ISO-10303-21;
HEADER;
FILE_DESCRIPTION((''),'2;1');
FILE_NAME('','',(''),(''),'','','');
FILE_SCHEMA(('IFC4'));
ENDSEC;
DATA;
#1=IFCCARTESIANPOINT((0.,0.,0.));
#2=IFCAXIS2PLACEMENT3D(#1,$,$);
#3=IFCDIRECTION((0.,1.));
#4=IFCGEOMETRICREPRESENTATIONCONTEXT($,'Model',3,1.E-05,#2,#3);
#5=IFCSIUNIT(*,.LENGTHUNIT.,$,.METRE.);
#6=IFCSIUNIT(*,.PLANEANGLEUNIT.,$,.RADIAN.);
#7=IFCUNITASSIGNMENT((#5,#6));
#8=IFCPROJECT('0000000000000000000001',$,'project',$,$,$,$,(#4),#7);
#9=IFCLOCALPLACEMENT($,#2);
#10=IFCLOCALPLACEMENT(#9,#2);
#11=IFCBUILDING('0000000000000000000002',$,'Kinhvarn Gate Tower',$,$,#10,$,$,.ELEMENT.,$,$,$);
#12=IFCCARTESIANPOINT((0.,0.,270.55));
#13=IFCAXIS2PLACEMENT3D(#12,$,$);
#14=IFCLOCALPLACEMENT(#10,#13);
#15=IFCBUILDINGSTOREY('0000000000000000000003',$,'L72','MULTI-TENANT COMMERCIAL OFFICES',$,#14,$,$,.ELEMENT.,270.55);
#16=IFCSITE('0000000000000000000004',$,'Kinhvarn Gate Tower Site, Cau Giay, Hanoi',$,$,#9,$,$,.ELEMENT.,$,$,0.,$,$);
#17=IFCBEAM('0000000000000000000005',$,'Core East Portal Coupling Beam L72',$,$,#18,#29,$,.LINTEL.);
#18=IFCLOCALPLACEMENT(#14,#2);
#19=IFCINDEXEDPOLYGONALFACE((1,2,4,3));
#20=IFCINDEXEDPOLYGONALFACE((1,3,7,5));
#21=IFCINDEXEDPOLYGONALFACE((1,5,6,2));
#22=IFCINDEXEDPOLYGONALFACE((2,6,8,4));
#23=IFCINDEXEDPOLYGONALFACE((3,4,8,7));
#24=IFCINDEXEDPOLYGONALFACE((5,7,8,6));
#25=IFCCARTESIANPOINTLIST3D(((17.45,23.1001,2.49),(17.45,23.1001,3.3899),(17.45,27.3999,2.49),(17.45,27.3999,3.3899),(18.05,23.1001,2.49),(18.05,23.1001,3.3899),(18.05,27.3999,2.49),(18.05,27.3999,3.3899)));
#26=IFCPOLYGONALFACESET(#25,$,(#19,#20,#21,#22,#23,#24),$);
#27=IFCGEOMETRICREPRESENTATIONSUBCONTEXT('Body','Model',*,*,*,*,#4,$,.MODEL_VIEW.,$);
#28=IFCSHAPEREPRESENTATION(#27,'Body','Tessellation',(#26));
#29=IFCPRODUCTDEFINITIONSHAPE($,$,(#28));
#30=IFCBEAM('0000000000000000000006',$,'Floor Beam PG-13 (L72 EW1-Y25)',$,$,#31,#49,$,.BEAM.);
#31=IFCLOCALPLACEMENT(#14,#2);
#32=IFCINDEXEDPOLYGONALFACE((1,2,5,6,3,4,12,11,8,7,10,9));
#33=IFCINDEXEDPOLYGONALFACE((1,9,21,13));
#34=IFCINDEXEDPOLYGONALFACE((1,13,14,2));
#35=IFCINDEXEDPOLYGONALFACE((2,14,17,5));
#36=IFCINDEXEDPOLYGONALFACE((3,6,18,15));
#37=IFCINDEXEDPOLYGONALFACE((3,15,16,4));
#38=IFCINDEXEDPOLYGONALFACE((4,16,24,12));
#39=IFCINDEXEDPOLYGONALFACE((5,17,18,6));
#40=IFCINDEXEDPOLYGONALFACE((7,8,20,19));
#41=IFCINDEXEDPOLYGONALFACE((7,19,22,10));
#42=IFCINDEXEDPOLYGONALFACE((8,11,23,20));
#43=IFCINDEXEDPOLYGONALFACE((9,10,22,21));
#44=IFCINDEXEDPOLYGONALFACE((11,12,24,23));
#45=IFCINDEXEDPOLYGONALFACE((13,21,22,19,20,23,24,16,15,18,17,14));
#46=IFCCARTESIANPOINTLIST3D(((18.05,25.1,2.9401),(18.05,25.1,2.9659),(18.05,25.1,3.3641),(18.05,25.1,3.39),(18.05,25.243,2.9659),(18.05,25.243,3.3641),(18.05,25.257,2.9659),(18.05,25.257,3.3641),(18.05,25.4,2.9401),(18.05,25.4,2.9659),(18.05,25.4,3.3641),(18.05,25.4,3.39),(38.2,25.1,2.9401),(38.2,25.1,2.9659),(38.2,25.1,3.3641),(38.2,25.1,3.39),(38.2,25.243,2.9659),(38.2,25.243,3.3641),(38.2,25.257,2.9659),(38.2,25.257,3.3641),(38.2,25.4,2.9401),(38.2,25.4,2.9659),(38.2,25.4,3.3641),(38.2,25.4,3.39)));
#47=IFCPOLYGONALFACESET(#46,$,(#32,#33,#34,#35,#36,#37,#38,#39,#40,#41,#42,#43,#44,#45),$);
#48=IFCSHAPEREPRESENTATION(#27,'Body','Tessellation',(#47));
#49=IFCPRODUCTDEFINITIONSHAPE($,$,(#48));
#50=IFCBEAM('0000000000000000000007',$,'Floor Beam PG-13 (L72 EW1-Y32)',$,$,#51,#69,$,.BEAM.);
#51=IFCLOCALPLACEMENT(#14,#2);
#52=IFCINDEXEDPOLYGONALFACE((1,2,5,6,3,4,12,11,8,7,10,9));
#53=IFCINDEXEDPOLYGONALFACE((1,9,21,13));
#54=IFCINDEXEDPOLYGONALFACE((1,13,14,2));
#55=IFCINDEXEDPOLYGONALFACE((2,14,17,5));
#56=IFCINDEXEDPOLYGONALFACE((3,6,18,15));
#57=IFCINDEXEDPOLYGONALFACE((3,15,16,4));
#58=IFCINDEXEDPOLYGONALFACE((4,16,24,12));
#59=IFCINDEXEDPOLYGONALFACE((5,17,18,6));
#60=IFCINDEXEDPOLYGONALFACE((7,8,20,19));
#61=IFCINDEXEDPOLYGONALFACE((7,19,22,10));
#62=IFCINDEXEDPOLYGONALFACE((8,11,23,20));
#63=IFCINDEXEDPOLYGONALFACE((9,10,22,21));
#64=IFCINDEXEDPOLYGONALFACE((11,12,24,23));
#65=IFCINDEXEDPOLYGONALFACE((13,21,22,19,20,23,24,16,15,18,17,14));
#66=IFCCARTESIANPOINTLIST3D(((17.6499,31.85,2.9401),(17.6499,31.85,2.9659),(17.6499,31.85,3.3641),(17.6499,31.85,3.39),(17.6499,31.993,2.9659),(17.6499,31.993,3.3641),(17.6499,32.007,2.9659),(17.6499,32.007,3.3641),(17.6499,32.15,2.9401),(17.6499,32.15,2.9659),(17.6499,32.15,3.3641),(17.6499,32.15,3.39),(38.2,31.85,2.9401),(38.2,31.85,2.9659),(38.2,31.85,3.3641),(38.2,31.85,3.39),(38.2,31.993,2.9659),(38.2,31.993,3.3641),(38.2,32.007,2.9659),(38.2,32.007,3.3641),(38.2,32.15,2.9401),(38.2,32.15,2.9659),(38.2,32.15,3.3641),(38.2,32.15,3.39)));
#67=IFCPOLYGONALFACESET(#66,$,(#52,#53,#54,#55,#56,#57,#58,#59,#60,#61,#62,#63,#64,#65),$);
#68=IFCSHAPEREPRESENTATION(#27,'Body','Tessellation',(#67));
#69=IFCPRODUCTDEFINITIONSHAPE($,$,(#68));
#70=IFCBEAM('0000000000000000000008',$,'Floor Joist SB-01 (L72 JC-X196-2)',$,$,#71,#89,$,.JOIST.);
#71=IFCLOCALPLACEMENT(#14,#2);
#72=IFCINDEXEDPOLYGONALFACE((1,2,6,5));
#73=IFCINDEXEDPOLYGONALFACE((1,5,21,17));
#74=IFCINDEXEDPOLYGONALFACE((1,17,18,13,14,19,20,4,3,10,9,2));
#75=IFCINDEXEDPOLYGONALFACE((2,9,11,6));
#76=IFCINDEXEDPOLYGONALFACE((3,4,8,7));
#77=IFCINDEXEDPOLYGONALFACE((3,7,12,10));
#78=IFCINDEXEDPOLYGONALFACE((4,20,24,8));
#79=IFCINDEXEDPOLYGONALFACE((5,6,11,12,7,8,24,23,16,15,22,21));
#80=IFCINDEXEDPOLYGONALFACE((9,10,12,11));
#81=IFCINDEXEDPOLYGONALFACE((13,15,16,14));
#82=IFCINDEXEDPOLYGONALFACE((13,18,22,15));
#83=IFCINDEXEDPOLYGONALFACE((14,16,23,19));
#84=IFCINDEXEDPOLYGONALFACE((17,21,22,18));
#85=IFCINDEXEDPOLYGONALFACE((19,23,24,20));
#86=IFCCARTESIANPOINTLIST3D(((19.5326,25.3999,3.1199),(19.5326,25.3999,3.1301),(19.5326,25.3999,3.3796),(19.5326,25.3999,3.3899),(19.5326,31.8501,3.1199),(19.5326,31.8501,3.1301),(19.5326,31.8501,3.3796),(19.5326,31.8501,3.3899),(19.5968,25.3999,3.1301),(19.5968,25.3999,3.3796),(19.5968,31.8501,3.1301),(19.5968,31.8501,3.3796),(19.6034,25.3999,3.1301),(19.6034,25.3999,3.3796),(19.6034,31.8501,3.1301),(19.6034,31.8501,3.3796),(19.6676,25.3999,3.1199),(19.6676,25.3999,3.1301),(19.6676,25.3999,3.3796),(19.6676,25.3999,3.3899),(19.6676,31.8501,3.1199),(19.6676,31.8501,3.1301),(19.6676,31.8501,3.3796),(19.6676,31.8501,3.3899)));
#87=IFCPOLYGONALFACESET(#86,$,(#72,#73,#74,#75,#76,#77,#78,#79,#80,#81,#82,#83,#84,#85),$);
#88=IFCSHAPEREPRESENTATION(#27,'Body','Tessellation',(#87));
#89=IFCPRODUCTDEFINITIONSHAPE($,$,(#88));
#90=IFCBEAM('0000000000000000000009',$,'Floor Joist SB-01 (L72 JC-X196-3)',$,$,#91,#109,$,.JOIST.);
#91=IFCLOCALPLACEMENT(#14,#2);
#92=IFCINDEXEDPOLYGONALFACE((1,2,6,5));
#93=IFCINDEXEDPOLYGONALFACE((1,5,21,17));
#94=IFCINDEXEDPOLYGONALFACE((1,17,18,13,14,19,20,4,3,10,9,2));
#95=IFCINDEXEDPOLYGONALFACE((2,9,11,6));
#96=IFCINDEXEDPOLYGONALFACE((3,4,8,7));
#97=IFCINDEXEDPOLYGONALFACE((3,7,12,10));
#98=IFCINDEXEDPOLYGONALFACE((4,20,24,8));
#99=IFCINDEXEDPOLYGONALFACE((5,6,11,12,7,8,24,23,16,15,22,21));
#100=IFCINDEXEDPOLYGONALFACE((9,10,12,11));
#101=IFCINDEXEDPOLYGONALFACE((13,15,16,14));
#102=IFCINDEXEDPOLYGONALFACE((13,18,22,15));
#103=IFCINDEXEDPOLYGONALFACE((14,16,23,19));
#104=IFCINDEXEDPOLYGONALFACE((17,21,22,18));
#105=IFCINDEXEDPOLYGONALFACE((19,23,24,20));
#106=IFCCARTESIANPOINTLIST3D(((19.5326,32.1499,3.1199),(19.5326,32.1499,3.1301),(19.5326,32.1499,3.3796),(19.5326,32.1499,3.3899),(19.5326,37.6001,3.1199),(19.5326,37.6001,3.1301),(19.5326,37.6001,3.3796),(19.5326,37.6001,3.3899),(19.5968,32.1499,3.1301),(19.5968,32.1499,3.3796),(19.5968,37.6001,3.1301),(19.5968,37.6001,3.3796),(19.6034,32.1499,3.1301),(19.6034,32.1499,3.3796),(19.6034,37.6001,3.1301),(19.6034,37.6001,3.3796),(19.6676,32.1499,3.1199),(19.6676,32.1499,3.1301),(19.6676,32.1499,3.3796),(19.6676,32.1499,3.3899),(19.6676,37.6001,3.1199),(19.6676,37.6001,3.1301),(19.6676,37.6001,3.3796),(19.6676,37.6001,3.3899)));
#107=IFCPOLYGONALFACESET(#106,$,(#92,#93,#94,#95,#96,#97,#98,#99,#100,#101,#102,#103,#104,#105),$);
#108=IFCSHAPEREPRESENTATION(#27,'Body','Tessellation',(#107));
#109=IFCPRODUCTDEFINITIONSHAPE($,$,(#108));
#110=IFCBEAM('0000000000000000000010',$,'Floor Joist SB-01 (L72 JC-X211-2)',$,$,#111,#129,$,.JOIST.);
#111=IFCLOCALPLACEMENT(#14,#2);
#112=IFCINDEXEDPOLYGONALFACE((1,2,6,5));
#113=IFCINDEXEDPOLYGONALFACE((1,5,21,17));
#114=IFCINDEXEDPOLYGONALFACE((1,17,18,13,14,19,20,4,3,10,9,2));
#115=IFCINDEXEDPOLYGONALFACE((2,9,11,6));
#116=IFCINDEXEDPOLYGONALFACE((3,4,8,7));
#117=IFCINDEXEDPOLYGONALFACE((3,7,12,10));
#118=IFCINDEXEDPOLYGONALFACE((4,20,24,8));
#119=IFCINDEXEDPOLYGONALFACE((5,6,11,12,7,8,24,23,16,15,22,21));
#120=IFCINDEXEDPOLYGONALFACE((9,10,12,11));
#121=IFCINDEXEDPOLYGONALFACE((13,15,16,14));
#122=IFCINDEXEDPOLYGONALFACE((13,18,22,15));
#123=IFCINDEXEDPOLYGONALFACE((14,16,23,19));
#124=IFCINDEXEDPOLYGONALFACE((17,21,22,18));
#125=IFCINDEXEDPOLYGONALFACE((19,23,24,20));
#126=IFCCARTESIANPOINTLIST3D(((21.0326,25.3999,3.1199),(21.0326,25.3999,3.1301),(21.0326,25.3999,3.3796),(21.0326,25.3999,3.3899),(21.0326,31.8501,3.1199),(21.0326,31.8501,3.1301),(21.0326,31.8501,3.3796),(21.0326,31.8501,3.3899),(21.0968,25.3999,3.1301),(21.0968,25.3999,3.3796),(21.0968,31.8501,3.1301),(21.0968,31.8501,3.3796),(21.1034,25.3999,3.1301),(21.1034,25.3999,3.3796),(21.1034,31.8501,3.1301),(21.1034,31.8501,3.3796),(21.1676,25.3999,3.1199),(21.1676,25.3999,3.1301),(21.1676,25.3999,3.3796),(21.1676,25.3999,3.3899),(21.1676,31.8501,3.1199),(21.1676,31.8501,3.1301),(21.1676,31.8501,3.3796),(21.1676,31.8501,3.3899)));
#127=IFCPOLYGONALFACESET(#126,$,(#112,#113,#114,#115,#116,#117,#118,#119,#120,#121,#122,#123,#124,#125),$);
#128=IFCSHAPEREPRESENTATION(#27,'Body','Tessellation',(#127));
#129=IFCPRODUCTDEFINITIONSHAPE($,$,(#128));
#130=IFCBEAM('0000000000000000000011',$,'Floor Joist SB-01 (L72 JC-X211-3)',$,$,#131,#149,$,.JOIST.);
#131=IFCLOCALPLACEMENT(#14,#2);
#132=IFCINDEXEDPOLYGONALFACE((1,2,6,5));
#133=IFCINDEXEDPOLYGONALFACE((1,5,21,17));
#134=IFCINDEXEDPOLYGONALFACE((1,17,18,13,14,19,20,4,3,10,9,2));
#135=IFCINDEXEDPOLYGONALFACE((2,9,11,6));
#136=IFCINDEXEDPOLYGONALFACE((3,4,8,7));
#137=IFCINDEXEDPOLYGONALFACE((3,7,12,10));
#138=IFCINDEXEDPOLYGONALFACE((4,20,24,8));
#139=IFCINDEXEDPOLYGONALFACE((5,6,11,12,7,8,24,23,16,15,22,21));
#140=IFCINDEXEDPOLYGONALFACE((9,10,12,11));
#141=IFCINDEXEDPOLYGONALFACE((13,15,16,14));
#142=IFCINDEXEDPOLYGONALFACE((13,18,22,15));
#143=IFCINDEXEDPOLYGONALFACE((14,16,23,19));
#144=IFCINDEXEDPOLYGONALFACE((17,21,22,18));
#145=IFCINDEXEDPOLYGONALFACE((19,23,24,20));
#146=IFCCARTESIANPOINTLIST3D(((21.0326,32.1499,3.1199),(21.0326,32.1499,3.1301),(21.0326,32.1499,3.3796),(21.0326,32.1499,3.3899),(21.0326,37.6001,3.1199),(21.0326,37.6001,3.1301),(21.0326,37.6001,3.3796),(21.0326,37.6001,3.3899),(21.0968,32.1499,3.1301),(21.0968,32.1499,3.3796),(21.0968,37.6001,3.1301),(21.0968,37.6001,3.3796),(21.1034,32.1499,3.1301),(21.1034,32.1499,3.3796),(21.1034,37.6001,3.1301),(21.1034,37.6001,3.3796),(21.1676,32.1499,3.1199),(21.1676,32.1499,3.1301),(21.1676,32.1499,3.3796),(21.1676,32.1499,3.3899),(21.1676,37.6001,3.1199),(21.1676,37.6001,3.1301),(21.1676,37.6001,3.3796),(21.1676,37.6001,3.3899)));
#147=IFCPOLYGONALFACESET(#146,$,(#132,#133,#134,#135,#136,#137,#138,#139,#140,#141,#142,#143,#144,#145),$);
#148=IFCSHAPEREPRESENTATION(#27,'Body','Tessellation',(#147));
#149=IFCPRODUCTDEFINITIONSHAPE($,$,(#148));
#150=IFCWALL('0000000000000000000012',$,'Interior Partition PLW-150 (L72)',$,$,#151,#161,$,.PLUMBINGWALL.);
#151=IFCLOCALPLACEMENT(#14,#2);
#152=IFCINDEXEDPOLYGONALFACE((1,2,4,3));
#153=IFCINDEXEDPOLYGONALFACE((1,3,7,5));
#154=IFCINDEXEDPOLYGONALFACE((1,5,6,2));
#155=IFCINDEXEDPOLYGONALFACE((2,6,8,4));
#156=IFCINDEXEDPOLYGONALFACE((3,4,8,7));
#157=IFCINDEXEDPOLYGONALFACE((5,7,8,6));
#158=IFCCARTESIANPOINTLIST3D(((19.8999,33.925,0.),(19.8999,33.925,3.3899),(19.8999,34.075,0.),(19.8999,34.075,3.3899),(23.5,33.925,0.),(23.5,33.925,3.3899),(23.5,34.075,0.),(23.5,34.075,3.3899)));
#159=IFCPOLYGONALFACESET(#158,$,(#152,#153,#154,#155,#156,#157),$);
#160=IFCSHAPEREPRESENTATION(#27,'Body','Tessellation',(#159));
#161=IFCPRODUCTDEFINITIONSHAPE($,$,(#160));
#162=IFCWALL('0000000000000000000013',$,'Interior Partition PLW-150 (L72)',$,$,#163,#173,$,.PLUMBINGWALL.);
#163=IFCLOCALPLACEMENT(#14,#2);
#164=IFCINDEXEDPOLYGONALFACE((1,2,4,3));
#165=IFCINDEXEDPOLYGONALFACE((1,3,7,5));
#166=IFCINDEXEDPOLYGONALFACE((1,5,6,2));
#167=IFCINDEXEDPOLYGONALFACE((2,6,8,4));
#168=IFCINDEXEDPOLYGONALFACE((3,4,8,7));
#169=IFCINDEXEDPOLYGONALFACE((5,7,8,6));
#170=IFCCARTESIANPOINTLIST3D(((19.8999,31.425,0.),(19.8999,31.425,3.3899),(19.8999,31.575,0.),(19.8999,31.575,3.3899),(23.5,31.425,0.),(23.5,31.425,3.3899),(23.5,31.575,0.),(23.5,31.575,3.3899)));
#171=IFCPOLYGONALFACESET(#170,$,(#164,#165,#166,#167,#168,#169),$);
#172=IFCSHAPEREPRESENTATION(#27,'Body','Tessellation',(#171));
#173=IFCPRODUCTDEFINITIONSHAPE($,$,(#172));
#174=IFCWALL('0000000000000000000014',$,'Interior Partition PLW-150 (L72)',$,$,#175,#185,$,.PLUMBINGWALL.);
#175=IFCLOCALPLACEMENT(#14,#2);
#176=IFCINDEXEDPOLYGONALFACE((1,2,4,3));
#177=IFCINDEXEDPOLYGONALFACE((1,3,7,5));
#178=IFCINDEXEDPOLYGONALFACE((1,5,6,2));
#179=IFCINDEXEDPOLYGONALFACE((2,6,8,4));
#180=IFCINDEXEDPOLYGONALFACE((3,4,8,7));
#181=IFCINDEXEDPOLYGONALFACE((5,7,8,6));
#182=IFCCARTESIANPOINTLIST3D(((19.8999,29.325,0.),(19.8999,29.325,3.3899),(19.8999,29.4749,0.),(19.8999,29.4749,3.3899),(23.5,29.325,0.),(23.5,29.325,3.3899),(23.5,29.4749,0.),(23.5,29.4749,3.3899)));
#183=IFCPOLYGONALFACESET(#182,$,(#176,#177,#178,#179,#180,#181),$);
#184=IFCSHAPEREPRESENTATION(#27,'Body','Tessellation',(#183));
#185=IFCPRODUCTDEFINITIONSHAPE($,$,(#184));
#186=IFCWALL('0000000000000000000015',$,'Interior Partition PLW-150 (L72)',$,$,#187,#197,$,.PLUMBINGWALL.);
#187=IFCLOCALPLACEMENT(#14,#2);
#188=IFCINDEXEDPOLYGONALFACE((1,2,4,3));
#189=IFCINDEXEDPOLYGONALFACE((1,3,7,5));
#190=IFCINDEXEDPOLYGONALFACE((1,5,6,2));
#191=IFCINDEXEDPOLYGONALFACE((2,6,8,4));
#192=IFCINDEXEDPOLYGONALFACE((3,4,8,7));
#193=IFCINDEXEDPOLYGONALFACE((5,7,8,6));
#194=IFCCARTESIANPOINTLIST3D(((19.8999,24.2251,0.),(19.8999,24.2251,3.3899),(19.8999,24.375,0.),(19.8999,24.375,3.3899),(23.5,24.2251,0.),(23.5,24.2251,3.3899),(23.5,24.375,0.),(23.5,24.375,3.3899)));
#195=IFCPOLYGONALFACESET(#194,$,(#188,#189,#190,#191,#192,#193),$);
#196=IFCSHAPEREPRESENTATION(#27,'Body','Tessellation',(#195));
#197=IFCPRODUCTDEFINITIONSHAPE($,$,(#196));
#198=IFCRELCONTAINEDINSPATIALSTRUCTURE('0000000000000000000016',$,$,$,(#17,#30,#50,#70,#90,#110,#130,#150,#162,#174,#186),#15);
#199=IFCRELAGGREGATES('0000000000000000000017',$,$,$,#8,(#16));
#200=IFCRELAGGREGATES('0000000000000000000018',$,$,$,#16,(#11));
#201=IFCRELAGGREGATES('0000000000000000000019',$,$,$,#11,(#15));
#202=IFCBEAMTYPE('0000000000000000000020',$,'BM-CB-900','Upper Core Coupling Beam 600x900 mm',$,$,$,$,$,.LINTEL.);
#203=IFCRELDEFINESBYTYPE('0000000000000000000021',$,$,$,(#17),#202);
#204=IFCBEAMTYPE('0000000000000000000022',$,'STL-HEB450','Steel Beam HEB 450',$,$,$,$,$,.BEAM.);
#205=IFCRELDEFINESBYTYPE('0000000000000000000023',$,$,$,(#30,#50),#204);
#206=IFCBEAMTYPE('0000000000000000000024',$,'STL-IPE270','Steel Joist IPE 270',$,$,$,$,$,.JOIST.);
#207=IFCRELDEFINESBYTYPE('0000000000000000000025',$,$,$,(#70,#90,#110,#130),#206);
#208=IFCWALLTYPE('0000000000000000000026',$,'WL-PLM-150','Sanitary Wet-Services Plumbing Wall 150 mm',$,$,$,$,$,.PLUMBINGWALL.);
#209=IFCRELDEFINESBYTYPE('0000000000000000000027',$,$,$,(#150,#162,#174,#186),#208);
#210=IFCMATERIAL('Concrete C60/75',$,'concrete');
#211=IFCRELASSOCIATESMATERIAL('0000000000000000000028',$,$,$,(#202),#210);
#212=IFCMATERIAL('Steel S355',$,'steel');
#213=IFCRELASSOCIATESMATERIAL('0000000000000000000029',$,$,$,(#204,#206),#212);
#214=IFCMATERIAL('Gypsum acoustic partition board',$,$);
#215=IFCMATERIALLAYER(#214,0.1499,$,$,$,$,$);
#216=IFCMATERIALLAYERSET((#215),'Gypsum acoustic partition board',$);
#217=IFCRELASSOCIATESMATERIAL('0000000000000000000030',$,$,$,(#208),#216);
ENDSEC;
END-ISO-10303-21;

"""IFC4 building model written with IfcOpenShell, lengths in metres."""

from ifc_helpers import new_model, si_unit, direction, frame, frame_2d, origin, origin_2d, place, context, subcontext, project, spatial, rectangle, i_section, extrude, material, layer, layer_set, material_profile, profile_set, type_object, element, save


model = new_model("IFC4")

# Units and contexts
model_context = context("Model", 3, precision=1e-05, world=origin(), true_north=direction((0.0, 1.0)))
body_context = subcontext(model_context, "Body", "Model", "MODEL_VIEW")
ifc_project = project(units=[si_unit("LENGTHUNIT", "METRE"), si_unit("PLANEANGLEUNIT", "RADIAN")], contexts=[model_context])

# Site, building, storey
site_placement = place(None, origin())
site = spatial("IfcSite", under=ifc_project, at=site_placement, Name="Kinhvarn Gate Tower Site, Cau Giay, Hanoi", CompositionType="ELEMENT", RefElevation=0.0)
building_placement = place(site_placement, origin())
building = spatial("IfcBuilding", under=site, at=building_placement, Name="Kinhvarn Gate Tower", CompositionType="ELEMENT")
storey_placement = place(building_placement, frame((0.0, 0.0, 270.55)))
storey = spatial("IfcBuildingStorey", under=building, at=storey_placement, Name="L72", Description="MULTI-TENANT COMMERCIAL OFFICES", CompositionType="ELEMENT", Elevation=270.55)

# Beams
ifc_material_1 = material(Name="Concrete C60/75", Category="concrete")
ifc_material_profile_1 = material_profile(ifc_material_1, rectangle(XDim=0.6001, YDim=0.8999, at=origin_2d()), Name="RC 600x900")
ifc_profile_set_1 = profile_set([ifc_material_profile_1], Name="Concrete C60/75")
beam_type_1 = type_object("IfcBeamType", Name="BM-CB-900", Description="Upper Core Coupling Beam 600x900 mm", PredefinedType="LINTEL", material=ifc_profile_set_1)
beam_1_placement = place(storey_placement, frame((17.75, 23.1001, 2.9399), z_axis=(0.0, 1.0, 0.0), x_axis=(-1.0, 0.0, 0.0)))
element("IfcBeam", 1, at=beam_1_placement, inside=storey, type_object=beam_type_1, Name="Core East Portal Coupling Beam L72", PredefinedType="LINTEL", context=body_context, shape_type="SweptSolid", body=[
    extrude(rectangle(XDim=0.6001, YDim=0.8999, at=origin_2d()), origin(), (0.0, 0.0, 1.0), 4.2998),
])
ifc_material_2 = material(Name="Steel S355", Category="steel")
ifc_material_profile_2 = material_profile(ifc_material_2, i_section(OverallWidth=0.3, OverallDepth=0.45, WebThickness=0.0139, FlangeThickness=0.0259, at=origin_2d()), Name="HEB 450")
ifc_profile_set_2 = profile_set([ifc_material_profile_2], Name="Steel S355")
beam_type_2 = type_object("IfcBeamType", Name="STL-HEB450", Description="Steel Beam HEB 450", PredefinedType="BEAM", material=ifc_profile_set_2)
beam_2_placement = place(storey_placement, frame((18.05, 25.25, 3.165), z_axis=(1.0, 0.0, 0.0), x_axis=(0.0, 1.0, 0.0)))
element("IfcBeam", 2, at=beam_2_placement, inside=storey, type_object=beam_type_2, Name="Floor Beam PG-13 (L72 EW1-Y25)", PredefinedType="BEAM", context=body_context, shape_type="SweptSolid", body=[
    extrude(i_section(OverallWidth=0.3, OverallDepth=0.45, WebThickness=0.0139, FlangeThickness=0.0259, at=origin_2d()), origin(), (0.0, 0.0, 1.0), 20.1499),
])
beam_3_placement = place(storey_placement, frame((17.6499, 32.0, 3.165), z_axis=(1.0, 0.0, 0.0), x_axis=(0.0, 1.0, 0.0)))
element("IfcBeam", 3, at=beam_3_placement, inside=storey, type_object=beam_type_2, Name="Floor Beam PG-13 (L72 EW1-Y32)", PredefinedType="BEAM", context=body_context, shape_type="SweptSolid", body=[
    extrude(i_section(OverallWidth=0.3, OverallDepth=0.45, WebThickness=0.0139, FlangeThickness=0.0259, at=origin_2d()), origin(), (0.0, 0.0, 1.0), 20.55),
])
ifc_material_profile_3 = material_profile(ifc_material_2, i_section(OverallWidth=0.135, OverallDepth=0.27, WebThickness=0.0066, FlangeThickness=0.0103, at=origin_2d()), Name="IPE 270")
ifc_profile_set_3 = profile_set([ifc_material_profile_3], Name="Steel S355")
beam_type_3 = type_object("IfcBeamType", Name="STL-IPE270", Description="Steel Joist IPE 270", PredefinedType="JOIST", material=ifc_profile_set_3)
beam_4_placement = place(storey_placement, frame((19.6001, 25.3999, 3.2549), z_axis=(0.0, 1.0, 0.0), x_axis=(-1.0, 0.0, 0.0)))
element("IfcBeam", 4, at=beam_4_placement, inside=storey, type_object=beam_type_3, Name="Floor Joist SB-01 (L72 JC-X196-2)", PredefinedType="JOIST", context=body_context, shape_type="SweptSolid", body=[
    extrude(i_section(OverallWidth=0.135, OverallDepth=0.27, WebThickness=0.0066, FlangeThickness=0.0103, at=origin_2d()), origin(), (0.0, 0.0, 1.0), 6.4502),
])
beam_5_placement = place(storey_placement, frame((19.6001, 32.1499, 3.2549), z_axis=(0.0, 1.0, 0.0), x_axis=(-1.0, 0.0, 0.0)))
element("IfcBeam", 5, at=beam_5_placement, inside=storey, type_object=beam_type_3, Name="Floor Joist SB-01 (L72 JC-X196-3)", PredefinedType="JOIST", context=body_context, shape_type="SweptSolid", body=[
    extrude(i_section(OverallWidth=0.135, OverallDepth=0.27, WebThickness=0.0066, FlangeThickness=0.0103, at=origin_2d()), origin(), (0.0, 0.0, 1.0), 5.4502),
])
beam_6_placement = place(storey_placement, frame((21.1001, 25.3999, 3.2549), z_axis=(0.0, 1.0, 0.0), x_axis=(-1.0, 0.0, 0.0)))
element("IfcBeam", 6, at=beam_6_placement, inside=storey, type_object=beam_type_3, Name="Floor Joist SB-01 (L72 JC-X211-2)", PredefinedType="JOIST", context=body_context, shape_type="SweptSolid", body=[
    extrude(i_section(OverallWidth=0.135, OverallDepth=0.27, WebThickness=0.0066, FlangeThickness=0.0103, at=origin_2d()), origin(), (0.0, 0.0, 1.0), 6.4502),
])
beam_7_placement = place(storey_placement, frame((21.1001, 32.1499, 3.2549), z_axis=(0.0, 1.0, 0.0), x_axis=(-1.0, 0.0, 0.0)))
element("IfcBeam", 7, at=beam_7_placement, inside=storey, type_object=beam_type_3, Name="Floor Joist SB-01 (L72 JC-X211-3)", PredefinedType="JOIST", context=body_context, shape_type="SweptSolid", body=[
    extrude(i_section(OverallWidth=0.135, OverallDepth=0.27, WebThickness=0.0066, FlangeThickness=0.0103, at=origin_2d()), origin(), (0.0, 0.0, 1.0), 5.4502),
])

# Walls
ifc_material_3 = material(Name="Gypsum acoustic partition board")
ifc_layer_1 = layer(ifc_material_3, 0.1499)
ifc_layer_set_1 = layer_set([ifc_layer_1], Name="Gypsum acoustic partition board")
wall_type_1 = type_object("IfcWallType", Name="WL-PLM-150", Description="Sanitary Wet-Services Plumbing Wall 150 mm", PredefinedType="PLUMBINGWALL", material=ifc_layer_set_1)
for number, where, z_axis, x_axis, name in (
    (8, (19.8999, 34.0, 0.0), (0.0, 0.0, 1.0), (1.0, 0.0, 0.0), "Interior Partition PLW-150 (L72)"),
    (9, (19.8999, 31.5, 0.0), (0.0, 0.0, 1.0), (1.0, 0.0, 0.0), "Interior Partition PLW-150 (L72)"),
    (10, (19.8999, 29.3999, 0.0), (0.0, 0.0, 1.0), (1.0, 0.0, 0.0), "Interior Partition PLW-150 (L72)"),
    (11, (19.8999, 24.3, 0.0), (0.0, 0.0, 1.0), (1.0, 0.0, 0.0), "Interior Partition PLW-150 (L72)"),
):
    element("IfcWall", number, at=place(storey_placement, frame(where, z_axis=z_axis, x_axis=x_axis)), inside=storey, type_object=wall_type_1, Name=name, PredefinedType="PLUMBINGWALL", context=body_context, shape_type="SweptSolid", body=[
        extrude(rectangle(XDim=3.6001, YDim=0.1499, at=frame_2d((1.8, 0.0))), origin(), (0.0, 0.0, 1.0), 3.3899),
    ])

save(model, "model.ifc")
